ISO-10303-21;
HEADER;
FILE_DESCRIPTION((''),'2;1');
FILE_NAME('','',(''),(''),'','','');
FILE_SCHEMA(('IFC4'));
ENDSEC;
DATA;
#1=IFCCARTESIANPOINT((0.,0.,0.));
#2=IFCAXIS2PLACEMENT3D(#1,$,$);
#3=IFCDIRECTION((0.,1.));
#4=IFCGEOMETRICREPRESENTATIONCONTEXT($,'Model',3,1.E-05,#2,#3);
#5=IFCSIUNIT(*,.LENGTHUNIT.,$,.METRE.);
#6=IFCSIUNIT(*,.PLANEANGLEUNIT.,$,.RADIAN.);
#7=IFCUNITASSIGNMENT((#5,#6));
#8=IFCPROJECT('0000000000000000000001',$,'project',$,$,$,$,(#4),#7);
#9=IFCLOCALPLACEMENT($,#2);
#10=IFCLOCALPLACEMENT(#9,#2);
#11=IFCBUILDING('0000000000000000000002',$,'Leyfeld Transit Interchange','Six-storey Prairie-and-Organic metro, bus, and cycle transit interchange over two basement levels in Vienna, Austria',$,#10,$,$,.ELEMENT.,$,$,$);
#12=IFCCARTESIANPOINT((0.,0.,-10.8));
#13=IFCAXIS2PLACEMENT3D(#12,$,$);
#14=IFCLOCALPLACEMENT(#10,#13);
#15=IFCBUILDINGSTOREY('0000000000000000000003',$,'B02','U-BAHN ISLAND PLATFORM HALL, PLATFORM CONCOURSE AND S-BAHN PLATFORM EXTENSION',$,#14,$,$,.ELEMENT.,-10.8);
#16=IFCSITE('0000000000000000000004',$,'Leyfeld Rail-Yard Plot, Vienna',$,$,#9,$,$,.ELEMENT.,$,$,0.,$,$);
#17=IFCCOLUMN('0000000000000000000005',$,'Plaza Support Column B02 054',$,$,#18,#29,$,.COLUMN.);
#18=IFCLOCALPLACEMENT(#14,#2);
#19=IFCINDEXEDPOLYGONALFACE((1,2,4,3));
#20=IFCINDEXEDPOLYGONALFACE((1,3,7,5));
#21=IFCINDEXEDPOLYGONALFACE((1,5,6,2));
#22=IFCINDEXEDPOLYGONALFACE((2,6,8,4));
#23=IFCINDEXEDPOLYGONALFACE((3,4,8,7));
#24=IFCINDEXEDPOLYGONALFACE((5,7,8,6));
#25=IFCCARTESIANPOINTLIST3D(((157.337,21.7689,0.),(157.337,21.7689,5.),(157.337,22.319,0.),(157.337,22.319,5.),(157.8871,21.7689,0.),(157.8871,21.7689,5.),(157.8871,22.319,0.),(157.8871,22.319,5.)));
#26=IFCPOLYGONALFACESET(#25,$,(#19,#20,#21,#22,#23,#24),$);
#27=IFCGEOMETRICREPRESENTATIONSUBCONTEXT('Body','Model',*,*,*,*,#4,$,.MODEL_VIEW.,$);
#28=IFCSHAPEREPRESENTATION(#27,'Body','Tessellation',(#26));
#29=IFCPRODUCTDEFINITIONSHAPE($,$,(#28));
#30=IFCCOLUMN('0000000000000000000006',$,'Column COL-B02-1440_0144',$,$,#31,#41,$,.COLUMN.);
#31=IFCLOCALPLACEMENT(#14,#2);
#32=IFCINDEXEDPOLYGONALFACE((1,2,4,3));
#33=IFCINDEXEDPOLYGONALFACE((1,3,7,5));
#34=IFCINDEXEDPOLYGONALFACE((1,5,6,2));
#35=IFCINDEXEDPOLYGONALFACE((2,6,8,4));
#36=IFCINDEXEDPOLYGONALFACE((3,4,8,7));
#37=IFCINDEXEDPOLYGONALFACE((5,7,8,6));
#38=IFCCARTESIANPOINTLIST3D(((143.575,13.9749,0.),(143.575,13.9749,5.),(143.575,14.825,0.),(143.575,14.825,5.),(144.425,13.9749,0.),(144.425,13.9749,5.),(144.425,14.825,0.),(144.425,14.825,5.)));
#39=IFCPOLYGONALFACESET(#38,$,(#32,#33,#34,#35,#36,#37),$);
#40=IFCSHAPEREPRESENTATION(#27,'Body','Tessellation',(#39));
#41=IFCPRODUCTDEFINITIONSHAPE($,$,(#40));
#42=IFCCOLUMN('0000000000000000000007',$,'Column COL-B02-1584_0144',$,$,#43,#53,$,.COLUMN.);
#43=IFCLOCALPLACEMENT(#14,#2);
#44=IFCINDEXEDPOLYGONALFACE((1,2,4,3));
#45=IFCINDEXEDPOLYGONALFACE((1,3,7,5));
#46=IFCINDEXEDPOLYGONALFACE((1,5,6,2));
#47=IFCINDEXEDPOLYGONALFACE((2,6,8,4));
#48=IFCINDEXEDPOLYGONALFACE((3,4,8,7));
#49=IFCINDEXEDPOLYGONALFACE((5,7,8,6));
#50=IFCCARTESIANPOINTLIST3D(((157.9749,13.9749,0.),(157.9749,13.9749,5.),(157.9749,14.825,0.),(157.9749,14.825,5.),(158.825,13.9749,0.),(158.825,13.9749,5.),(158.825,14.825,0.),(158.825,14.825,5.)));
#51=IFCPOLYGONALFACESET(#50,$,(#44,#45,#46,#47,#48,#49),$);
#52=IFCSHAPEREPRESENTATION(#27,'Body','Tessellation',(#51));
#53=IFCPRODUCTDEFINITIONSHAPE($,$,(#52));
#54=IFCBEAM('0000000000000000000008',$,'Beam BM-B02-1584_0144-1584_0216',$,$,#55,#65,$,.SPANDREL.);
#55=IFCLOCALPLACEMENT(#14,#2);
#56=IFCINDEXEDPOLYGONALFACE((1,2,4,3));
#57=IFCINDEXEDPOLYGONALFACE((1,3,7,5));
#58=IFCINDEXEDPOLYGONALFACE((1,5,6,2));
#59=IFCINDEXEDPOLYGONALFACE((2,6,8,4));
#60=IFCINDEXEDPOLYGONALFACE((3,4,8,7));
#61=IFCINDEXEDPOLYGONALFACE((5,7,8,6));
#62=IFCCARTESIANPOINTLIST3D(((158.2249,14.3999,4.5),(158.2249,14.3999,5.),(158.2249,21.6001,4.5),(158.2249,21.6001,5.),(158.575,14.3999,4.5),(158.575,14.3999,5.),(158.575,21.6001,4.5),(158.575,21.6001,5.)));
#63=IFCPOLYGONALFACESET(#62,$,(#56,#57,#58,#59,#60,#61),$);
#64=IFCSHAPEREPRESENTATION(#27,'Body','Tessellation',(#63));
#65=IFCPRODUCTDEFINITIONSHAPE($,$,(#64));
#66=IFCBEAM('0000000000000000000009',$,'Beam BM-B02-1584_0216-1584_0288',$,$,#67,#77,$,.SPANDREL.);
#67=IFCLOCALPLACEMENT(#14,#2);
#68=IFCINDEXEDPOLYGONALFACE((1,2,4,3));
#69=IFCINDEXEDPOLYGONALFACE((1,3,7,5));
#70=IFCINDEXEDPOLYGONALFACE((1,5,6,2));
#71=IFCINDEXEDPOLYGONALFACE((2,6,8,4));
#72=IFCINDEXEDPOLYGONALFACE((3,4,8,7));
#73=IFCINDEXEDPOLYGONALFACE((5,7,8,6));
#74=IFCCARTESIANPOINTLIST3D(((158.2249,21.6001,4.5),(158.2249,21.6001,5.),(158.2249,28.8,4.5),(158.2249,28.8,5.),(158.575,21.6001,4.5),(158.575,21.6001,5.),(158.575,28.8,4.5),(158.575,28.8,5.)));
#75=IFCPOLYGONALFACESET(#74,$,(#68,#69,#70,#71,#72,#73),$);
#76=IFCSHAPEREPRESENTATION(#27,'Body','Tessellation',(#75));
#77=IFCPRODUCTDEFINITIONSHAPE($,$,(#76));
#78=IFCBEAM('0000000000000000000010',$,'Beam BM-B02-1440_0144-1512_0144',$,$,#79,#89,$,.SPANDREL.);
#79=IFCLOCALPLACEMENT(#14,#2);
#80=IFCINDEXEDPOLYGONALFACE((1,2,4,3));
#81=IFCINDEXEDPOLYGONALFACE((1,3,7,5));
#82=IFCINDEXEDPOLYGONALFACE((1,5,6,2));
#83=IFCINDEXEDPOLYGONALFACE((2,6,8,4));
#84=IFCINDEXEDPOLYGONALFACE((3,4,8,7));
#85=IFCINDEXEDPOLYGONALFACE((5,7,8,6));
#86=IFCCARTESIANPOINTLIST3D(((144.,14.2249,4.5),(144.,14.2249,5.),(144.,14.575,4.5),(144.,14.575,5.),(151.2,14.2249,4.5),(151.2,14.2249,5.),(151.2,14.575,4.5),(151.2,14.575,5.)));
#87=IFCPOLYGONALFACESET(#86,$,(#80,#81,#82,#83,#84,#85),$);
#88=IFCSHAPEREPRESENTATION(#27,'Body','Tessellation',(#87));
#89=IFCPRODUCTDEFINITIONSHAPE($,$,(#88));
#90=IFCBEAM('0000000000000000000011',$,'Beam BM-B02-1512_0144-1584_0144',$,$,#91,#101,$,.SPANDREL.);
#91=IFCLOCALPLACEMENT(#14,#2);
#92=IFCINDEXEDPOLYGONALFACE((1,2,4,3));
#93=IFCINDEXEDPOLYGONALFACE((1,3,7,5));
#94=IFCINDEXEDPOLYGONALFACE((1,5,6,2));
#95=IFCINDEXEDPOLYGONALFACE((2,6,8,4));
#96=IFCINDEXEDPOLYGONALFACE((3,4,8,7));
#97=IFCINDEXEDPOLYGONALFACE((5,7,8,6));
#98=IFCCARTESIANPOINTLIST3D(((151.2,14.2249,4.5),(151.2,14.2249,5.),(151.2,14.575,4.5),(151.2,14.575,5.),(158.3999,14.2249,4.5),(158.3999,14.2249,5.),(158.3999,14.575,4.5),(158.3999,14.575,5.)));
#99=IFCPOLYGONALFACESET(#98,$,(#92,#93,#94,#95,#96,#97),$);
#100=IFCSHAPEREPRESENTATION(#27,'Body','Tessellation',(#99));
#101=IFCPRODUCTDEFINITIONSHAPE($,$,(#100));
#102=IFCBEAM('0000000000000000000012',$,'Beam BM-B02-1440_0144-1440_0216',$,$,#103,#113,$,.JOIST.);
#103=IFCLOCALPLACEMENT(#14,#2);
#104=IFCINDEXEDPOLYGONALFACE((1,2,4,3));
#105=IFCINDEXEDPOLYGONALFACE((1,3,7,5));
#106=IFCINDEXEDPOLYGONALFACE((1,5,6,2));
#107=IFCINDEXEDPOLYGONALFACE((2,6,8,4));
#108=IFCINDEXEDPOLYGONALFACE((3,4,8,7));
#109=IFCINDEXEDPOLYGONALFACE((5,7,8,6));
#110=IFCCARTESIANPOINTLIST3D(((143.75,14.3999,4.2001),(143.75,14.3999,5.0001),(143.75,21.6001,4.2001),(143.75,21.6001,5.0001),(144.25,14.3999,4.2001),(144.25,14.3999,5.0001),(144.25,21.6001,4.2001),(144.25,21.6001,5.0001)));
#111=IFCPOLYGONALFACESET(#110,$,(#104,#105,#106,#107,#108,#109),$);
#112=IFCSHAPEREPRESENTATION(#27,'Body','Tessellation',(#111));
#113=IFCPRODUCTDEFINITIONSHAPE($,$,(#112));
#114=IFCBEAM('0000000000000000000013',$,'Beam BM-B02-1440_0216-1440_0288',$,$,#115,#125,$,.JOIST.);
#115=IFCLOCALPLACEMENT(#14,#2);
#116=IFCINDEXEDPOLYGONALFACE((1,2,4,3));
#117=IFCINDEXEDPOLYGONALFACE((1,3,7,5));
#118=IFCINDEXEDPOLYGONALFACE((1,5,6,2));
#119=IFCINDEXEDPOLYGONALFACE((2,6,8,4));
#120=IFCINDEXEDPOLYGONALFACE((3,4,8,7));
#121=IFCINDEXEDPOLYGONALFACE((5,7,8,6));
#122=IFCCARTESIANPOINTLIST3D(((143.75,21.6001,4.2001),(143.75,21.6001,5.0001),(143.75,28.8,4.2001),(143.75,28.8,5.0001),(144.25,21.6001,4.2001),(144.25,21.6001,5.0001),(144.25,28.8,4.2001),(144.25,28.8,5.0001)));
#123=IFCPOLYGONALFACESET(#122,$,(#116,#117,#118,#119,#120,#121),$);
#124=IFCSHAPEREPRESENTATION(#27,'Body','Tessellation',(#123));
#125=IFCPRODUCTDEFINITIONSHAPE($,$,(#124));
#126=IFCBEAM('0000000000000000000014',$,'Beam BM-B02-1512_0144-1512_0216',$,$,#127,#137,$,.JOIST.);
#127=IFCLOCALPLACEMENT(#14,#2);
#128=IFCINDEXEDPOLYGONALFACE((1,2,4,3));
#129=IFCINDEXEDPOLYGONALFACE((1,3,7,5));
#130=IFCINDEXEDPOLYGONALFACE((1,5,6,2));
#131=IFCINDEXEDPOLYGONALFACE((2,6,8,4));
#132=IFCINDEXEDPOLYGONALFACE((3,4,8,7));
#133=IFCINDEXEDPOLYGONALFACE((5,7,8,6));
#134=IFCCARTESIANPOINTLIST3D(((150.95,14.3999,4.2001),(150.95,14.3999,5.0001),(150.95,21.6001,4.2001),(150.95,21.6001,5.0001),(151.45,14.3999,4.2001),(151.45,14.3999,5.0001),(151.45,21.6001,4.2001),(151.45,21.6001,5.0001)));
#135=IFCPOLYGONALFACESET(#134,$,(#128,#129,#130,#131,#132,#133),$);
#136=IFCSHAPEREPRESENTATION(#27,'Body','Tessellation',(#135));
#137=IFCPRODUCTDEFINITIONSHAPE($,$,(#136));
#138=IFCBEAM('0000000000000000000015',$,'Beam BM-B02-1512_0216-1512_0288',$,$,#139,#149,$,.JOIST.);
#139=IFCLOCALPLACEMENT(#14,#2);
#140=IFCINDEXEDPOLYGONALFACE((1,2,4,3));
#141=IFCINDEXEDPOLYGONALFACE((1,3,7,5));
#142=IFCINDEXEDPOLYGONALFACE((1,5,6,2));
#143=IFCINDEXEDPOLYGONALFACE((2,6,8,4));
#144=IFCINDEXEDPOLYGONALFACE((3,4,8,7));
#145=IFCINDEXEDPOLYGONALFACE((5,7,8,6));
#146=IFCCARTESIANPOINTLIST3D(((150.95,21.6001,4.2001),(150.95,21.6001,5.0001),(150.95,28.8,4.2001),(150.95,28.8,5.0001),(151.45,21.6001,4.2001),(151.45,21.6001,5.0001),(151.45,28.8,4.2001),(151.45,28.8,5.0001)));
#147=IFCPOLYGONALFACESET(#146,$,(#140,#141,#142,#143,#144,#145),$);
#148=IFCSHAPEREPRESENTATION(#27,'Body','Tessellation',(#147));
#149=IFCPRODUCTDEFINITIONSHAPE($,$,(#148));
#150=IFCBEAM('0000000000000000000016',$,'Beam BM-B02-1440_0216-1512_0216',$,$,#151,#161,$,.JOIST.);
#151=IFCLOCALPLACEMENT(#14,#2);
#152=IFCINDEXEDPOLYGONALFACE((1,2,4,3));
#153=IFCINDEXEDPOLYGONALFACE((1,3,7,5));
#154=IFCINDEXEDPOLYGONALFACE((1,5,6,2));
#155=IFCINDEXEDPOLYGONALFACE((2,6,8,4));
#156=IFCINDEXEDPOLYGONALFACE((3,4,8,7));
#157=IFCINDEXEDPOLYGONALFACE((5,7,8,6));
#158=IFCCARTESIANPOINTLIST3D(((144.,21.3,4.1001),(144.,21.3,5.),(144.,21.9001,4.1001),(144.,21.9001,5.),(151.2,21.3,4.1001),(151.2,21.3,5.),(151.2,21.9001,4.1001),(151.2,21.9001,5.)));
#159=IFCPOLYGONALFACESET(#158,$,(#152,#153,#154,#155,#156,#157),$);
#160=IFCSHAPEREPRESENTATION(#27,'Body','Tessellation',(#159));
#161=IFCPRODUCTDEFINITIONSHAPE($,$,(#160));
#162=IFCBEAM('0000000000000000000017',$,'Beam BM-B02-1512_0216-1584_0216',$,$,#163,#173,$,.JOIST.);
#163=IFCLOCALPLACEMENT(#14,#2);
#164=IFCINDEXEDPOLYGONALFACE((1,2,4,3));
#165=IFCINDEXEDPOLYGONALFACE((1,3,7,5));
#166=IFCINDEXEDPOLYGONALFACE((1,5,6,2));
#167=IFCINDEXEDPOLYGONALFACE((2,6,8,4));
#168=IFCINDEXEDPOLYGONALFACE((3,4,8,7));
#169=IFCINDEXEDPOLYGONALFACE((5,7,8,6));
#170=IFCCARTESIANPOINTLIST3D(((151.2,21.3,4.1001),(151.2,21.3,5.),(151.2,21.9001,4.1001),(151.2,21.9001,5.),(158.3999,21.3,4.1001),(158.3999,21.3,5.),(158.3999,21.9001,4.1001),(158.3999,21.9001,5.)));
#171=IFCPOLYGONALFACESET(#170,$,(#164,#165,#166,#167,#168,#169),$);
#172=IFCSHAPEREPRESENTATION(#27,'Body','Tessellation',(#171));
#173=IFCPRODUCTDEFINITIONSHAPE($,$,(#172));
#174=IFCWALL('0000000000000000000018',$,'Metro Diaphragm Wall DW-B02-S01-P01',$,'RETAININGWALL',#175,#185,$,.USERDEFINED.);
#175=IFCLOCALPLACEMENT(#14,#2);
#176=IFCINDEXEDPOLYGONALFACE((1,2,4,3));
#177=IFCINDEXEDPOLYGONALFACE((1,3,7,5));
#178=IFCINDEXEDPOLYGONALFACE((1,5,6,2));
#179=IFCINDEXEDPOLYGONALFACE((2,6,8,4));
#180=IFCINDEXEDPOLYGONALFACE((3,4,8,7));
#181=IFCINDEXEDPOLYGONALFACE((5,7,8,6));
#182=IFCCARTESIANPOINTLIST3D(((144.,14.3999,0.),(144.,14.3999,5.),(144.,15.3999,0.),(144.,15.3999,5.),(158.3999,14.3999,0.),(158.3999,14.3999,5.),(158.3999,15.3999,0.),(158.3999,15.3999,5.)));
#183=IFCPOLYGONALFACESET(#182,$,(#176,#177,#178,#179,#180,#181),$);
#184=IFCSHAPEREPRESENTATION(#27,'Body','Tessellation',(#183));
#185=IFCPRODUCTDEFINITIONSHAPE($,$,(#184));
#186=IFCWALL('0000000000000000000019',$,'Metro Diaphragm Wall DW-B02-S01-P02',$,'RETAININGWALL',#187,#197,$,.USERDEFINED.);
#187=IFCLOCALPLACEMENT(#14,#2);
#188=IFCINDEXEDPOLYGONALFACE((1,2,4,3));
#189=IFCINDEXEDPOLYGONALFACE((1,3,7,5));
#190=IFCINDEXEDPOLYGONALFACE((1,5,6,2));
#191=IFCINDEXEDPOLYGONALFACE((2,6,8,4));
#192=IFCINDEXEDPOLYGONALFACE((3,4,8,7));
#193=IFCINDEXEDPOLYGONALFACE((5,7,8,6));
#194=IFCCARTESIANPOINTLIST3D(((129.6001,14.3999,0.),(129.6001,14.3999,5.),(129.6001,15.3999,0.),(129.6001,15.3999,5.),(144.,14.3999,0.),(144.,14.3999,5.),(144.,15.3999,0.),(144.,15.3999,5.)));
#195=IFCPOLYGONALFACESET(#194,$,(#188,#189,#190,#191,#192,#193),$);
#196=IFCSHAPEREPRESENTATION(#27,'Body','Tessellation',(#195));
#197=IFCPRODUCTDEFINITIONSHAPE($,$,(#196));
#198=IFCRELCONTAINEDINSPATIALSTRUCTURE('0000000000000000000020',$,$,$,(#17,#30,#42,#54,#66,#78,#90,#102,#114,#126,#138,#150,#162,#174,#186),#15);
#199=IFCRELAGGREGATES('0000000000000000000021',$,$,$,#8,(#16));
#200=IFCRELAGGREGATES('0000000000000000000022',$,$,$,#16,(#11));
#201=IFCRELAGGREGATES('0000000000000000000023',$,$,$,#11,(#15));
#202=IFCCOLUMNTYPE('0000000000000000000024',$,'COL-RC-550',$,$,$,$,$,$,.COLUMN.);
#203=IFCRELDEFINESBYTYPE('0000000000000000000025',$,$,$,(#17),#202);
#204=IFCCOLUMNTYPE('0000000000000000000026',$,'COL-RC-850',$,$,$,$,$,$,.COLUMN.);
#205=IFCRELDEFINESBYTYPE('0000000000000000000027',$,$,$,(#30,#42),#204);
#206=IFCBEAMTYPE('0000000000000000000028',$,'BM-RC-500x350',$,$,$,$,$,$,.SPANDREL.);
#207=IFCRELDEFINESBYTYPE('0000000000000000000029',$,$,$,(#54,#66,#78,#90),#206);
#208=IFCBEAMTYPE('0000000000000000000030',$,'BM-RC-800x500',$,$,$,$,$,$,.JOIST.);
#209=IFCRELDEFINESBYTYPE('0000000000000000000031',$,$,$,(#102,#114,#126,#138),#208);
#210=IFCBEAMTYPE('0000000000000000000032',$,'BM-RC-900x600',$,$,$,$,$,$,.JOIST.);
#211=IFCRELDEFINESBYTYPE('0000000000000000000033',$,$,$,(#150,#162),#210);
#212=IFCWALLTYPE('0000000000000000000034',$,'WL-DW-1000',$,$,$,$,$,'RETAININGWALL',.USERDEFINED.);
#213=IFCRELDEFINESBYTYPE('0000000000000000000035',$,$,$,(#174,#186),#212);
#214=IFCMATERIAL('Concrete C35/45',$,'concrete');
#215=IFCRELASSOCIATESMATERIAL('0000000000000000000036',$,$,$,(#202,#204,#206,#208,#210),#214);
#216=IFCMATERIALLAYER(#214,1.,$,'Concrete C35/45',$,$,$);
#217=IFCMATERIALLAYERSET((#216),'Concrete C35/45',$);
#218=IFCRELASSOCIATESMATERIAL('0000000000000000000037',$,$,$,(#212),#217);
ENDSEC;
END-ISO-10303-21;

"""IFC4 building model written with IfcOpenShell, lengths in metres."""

from ifc_helpers import new_model, si_unit, direction, frame, frame_2d, origin, origin_2d, place, context, subcontext, project, spatial, rectangle, extrude, material, layer, layer_set, material_profile, profile_set, type_object, element, save


model = new_model("IFC4")

# Units and contexts
model_context = context("Model", 3, precision=1e-05, world=origin(), true_north=direction((0.0, 1.0)))
body_context = subcontext(model_context, "Body", "Model", "MODEL_VIEW")
ifc_project = project(units=[si_unit("LENGTHUNIT", "METRE"), si_unit("PLANEANGLEUNIT", "RADIAN")], contexts=[model_context])

# Site, building, storey
site_placement = place(None, origin())
site = spatial("IfcSite", under=ifc_project, at=site_placement, Name="Leyfeld Rail-Yard Plot, Vienna", CompositionType="ELEMENT", RefElevation=0.0)
building_placement = place(site_placement, origin())
building = spatial("IfcBuilding", under=site, at=building_placement, Name="Leyfeld Transit Interchange", Description="Six-storey Prairie-and-Organic metro, bus, and cycle transit interchange over two basement levels in Vienna, Austria", CompositionType="ELEMENT")
storey_placement = place(building_placement, frame((0.0, 0.0, -10.8)))
storey = spatial("IfcBuildingStorey", under=building, at=storey_placement, Name="B02", Description="U-BAHN ISLAND PLATFORM HALL, PLATFORM CONCOURSE AND S-BAHN PLATFORM EXTENSION", CompositionType="ELEMENT", Elevation=-10.8)

# Shared definitions
ifc_material = material(Name="Concrete C35/45", Category="concrete")

# Columns
ifc_material_profile_1 = material_profile(ifc_material, rectangle(XDim=0.55, YDim=0.55, at=origin_2d()), Name="RC 550x550")
ifc_profile_set_1 = profile_set([ifc_material_profile_1], Name="Concrete C35/45")
column_type_1 = type_object("IfcColumnType", Name="COL-RC-550", PredefinedType="COLUMN", material=ifc_profile_set_1)
for number, where, z_axis, x_axis, name in (
    (1, (157.6121, 22.0439, 0.0), (0.0, 0.0, 1.0), (1.0, 0.0, 0.0), "Plaza Support Column B02 054"),
):
    element("IfcColumn", number, at=place(storey_placement, frame(where, z_axis=z_axis, x_axis=x_axis)), inside=storey, type_object=column_type_1, Name=name, PredefinedType="COLUMN", context=body_context, shape_type="SweptSolid", body=[
        extrude(rectangle(XDim=0.55, YDim=0.55, at=origin_2d()), origin(), (0.0, 0.0, 1.0), 5.0),
    ])
ifc_material_profile_2 = material_profile(ifc_material, rectangle(XDim=0.8501, YDim=0.8501, at=origin_2d()), Name="RC 850x850")
ifc_profile_set_2 = profile_set([ifc_material_profile_2], Name="Concrete C35/45")
column_type_2 = type_object("IfcColumnType", Name="COL-RC-850", PredefinedType="COLUMN", material=ifc_profile_set_2)
for number, where, z_axis, x_axis, name in (
    (2, (144.0, 14.3999, 0.0), (0.0, 0.0, 1.0), (1.0, 0.0, 0.0), "Column COL-B02-1440_0144"),
    (3, (158.3999, 14.3999, 0.0), (0.0, 0.0, 1.0), (1.0, 0.0, 0.0), "Column COL-B02-1584_0144"),
):
    element("IfcColumn", number, at=place(storey_placement, frame(where, z_axis=z_axis, x_axis=x_axis)), inside=storey, type_object=column_type_2, Name=name, PredefinedType="COLUMN", context=body_context, shape_type="SweptSolid", body=[
        extrude(rectangle(XDim=0.8501, YDim=0.8501, at=origin_2d()), origin(), (0.0, 0.0, 1.0), 5.0),
    ])

# Beams
ifc_material_profile_3 = material_profile(ifc_material, rectangle(XDim=0.3501, YDim=0.5, at=origin_2d()), Name="RC 500x350")
ifc_profile_set_3 = profile_set([ifc_material_profile_3], Name="Concrete C35/45")
beam_type_1 = type_object("IfcBeamType", Name="BM-RC-500x350", PredefinedType="SPANDREL", material=ifc_profile_set_3)
beam_1_placement = place(storey_placement, frame((158.3999, 14.3999, 4.75), z_axis=(0.0, 1.0, 0.0), x_axis=(-1.0, 0.0, 0.0)))
element("IfcBeam", 4, at=beam_1_placement, inside=storey, type_object=beam_type_1, Name="Beam BM-B02-1584_0144-1584_0216", PredefinedType="SPANDREL", context=body_context, shape_type="SweptSolid", body=[
    extrude(rectangle(XDim=0.3501, YDim=0.5, at=origin_2d()), origin(), (0.0, 0.0, 1.0), 7.2002),
])
for number, where, z_axis, x_axis, name in (
    (5, (158.3999, 21.6001, 4.75), (0.0, 1.0, 0.0), (-1.0, 0.0, 0.0), "Beam BM-B02-1584_0216-1584_0288"),
    (6, (144.0, 14.3999, 4.75), (1.0, 0.0, 0.0), (0.0, 1.0, 0.0), "Beam BM-B02-1440_0144-1512_0144"),
    (7, (151.2, 14.3999, 4.75), (1.0, 0.0, 0.0), (0.0, 1.0, 0.0), "Beam BM-B02-1512_0144-1584_0144"),
):
    element("IfcBeam", number, at=place(storey_placement, frame(where, z_axis=z_axis, x_axis=x_axis)), inside=storey, type_object=beam_type_1, Name=name, PredefinedType="SPANDREL", context=body_context, shape_type="SweptSolid", body=[
        extrude(rectangle(XDim=0.3501, YDim=0.5, at=origin_2d()), origin(), (0.0, 0.0, 1.0), 7.2),
    ])
ifc_material_profile_4 = material_profile(ifc_material, rectangle(XDim=0.5, YDim=0.8, at=origin_2d()), Name="RC 800x500")
ifc_profile_set_4 = profile_set([ifc_material_profile_4], Name="Concrete C35/45")
beam_type_2 = type_object("IfcBeamType", Name="BM-RC-800x500", PredefinedType="JOIST", material=ifc_profile_set_4)
beam_2_placement = place(storey_placement, frame((144.0, 14.3999, 4.6001), z_axis=(0.0, 1.0, 0.0), x_axis=(-1.0, 0.0, 0.0)))
element("IfcBeam", 8, at=beam_2_placement, inside=storey, type_object=beam_type_2, Name="Beam BM-B02-1440_0144-1440_0216", PredefinedType="JOIST", context=body_context, shape_type="SweptSolid", body=[
    extrude(rectangle(XDim=0.5, YDim=0.8, at=origin_2d()), origin(), (0.0, 0.0, 1.0), 7.2002),
])
beam_3_placement = place(storey_placement, frame((144.0, 21.6001, 4.6001), z_axis=(0.0, 1.0, 0.0), x_axis=(-1.0, 0.0, 0.0)))
element("IfcBeam", 9, at=beam_3_placement, inside=storey, type_object=beam_type_2, Name="Beam BM-B02-1440_0216-1440_0288", PredefinedType="JOIST", context=body_context, shape_type="SweptSolid", body=[
    extrude(rectangle(XDim=0.5, YDim=0.8, at=origin_2d()), origin(), (0.0, 0.0, 1.0), 7.2),
])
beam_4_placement = place(storey_placement, frame((151.2, 14.3999, 4.6001), z_axis=(0.0, 1.0, 0.0), x_axis=(-1.0, 0.0, 0.0)))
element("IfcBeam", 10, at=beam_4_placement, inside=storey, type_object=beam_type_2, Name="Beam BM-B02-1512_0144-1512_0216", PredefinedType="JOIST", context=body_context, shape_type="SweptSolid", body=[
    extrude(rectangle(XDim=0.5, YDim=0.8, at=origin_2d()), origin(), (0.0, 0.0, 1.0), 7.2002),
])
beam_5_placement = place(storey_placement, frame((151.2, 21.6001, 4.6001), z_axis=(0.0, 1.0, 0.0), x_axis=(-1.0, 0.0, 0.0)))
element("IfcBeam", 11, at=beam_5_placement, inside=storey, type_object=beam_type_2, Name="Beam BM-B02-1512_0216-1512_0288", PredefinedType="JOIST", context=body_context, shape_type="SweptSolid", body=[
    extrude(rectangle(XDim=0.5, YDim=0.8, at=origin_2d()), origin(), (0.0, 0.0, 1.0), 7.2),
])
ifc_material_profile_5 = material_profile(ifc_material, rectangle(XDim=0.6001, YDim=0.8999, at=origin_2d()), Name="RC 900x600")
ifc_profile_set_5 = profile_set([ifc_material_profile_5], Name="Concrete C35/45")
beam_type_3 = type_object("IfcBeamType", Name="BM-RC-900x600", PredefinedType="JOIST", material=ifc_profile_set_5)
for number, where, z_axis, x_axis, name in (
    (12, (144.0, 21.6001, 4.55), (1.0, 0.0, 0.0), (0.0, 1.0, 0.0), "Beam BM-B02-1440_0216-1512_0216"),
    (13, (151.2, 21.6001, 4.55), (1.0, 0.0, 0.0), (0.0, 1.0, 0.0), "Beam BM-B02-1512_0216-1584_0216"),
):
    element("IfcBeam", number, at=place(storey_placement, frame(where, z_axis=z_axis, x_axis=x_axis)), inside=storey, type_object=beam_type_3, Name=name, PredefinedType="JOIST", context=body_context, shape_type="SweptSolid", body=[
        extrude(rectangle(XDim=0.6001, YDim=0.8999, at=origin_2d()), origin(), (0.0, 0.0, 1.0), 7.2),
    ])

# Walls
ifc_layer = layer(ifc_material, 1.0, Name="Concrete C35/45")
ifc_layer_set = layer_set([ifc_layer], Name="Concrete C35/45")
wall_type = type_object("IfcWallType", Name="WL-DW-1000", ElementType="RETAININGWALL", PredefinedType="USERDEFINED", material=ifc_layer_set)
for number, where, z_axis, x_axis, name in (
    (14, (158.3999, 14.8999, 0.0), (0.0, 0.0, 1.0), (-1.0, 0.0, 0.0), "Metro Diaphragm Wall DW-B02-S01-P01"),
    (15, (144.0, 14.8999, 0.0), (0.0, 0.0, 1.0), (-1.0, 0.0, 0.0), "Metro Diaphragm Wall DW-B02-S01-P02"),
):
    element("IfcWall", number, at=place(storey_placement, frame(where, z_axis=z_axis, x_axis=x_axis)), inside=storey, type_object=wall_type, Name=name, ObjectType="RETAININGWALL", PredefinedType="USERDEFINED", context=body_context, shape_type="SweptSolid", body=[
        extrude(rectangle(XDim=14.3999, YDim=1.0, at=frame_2d((7.2, 0.0))), origin(), (0.0, 0.0, 1.0), 5.0),
    ])

save(model, "model.ifc")
